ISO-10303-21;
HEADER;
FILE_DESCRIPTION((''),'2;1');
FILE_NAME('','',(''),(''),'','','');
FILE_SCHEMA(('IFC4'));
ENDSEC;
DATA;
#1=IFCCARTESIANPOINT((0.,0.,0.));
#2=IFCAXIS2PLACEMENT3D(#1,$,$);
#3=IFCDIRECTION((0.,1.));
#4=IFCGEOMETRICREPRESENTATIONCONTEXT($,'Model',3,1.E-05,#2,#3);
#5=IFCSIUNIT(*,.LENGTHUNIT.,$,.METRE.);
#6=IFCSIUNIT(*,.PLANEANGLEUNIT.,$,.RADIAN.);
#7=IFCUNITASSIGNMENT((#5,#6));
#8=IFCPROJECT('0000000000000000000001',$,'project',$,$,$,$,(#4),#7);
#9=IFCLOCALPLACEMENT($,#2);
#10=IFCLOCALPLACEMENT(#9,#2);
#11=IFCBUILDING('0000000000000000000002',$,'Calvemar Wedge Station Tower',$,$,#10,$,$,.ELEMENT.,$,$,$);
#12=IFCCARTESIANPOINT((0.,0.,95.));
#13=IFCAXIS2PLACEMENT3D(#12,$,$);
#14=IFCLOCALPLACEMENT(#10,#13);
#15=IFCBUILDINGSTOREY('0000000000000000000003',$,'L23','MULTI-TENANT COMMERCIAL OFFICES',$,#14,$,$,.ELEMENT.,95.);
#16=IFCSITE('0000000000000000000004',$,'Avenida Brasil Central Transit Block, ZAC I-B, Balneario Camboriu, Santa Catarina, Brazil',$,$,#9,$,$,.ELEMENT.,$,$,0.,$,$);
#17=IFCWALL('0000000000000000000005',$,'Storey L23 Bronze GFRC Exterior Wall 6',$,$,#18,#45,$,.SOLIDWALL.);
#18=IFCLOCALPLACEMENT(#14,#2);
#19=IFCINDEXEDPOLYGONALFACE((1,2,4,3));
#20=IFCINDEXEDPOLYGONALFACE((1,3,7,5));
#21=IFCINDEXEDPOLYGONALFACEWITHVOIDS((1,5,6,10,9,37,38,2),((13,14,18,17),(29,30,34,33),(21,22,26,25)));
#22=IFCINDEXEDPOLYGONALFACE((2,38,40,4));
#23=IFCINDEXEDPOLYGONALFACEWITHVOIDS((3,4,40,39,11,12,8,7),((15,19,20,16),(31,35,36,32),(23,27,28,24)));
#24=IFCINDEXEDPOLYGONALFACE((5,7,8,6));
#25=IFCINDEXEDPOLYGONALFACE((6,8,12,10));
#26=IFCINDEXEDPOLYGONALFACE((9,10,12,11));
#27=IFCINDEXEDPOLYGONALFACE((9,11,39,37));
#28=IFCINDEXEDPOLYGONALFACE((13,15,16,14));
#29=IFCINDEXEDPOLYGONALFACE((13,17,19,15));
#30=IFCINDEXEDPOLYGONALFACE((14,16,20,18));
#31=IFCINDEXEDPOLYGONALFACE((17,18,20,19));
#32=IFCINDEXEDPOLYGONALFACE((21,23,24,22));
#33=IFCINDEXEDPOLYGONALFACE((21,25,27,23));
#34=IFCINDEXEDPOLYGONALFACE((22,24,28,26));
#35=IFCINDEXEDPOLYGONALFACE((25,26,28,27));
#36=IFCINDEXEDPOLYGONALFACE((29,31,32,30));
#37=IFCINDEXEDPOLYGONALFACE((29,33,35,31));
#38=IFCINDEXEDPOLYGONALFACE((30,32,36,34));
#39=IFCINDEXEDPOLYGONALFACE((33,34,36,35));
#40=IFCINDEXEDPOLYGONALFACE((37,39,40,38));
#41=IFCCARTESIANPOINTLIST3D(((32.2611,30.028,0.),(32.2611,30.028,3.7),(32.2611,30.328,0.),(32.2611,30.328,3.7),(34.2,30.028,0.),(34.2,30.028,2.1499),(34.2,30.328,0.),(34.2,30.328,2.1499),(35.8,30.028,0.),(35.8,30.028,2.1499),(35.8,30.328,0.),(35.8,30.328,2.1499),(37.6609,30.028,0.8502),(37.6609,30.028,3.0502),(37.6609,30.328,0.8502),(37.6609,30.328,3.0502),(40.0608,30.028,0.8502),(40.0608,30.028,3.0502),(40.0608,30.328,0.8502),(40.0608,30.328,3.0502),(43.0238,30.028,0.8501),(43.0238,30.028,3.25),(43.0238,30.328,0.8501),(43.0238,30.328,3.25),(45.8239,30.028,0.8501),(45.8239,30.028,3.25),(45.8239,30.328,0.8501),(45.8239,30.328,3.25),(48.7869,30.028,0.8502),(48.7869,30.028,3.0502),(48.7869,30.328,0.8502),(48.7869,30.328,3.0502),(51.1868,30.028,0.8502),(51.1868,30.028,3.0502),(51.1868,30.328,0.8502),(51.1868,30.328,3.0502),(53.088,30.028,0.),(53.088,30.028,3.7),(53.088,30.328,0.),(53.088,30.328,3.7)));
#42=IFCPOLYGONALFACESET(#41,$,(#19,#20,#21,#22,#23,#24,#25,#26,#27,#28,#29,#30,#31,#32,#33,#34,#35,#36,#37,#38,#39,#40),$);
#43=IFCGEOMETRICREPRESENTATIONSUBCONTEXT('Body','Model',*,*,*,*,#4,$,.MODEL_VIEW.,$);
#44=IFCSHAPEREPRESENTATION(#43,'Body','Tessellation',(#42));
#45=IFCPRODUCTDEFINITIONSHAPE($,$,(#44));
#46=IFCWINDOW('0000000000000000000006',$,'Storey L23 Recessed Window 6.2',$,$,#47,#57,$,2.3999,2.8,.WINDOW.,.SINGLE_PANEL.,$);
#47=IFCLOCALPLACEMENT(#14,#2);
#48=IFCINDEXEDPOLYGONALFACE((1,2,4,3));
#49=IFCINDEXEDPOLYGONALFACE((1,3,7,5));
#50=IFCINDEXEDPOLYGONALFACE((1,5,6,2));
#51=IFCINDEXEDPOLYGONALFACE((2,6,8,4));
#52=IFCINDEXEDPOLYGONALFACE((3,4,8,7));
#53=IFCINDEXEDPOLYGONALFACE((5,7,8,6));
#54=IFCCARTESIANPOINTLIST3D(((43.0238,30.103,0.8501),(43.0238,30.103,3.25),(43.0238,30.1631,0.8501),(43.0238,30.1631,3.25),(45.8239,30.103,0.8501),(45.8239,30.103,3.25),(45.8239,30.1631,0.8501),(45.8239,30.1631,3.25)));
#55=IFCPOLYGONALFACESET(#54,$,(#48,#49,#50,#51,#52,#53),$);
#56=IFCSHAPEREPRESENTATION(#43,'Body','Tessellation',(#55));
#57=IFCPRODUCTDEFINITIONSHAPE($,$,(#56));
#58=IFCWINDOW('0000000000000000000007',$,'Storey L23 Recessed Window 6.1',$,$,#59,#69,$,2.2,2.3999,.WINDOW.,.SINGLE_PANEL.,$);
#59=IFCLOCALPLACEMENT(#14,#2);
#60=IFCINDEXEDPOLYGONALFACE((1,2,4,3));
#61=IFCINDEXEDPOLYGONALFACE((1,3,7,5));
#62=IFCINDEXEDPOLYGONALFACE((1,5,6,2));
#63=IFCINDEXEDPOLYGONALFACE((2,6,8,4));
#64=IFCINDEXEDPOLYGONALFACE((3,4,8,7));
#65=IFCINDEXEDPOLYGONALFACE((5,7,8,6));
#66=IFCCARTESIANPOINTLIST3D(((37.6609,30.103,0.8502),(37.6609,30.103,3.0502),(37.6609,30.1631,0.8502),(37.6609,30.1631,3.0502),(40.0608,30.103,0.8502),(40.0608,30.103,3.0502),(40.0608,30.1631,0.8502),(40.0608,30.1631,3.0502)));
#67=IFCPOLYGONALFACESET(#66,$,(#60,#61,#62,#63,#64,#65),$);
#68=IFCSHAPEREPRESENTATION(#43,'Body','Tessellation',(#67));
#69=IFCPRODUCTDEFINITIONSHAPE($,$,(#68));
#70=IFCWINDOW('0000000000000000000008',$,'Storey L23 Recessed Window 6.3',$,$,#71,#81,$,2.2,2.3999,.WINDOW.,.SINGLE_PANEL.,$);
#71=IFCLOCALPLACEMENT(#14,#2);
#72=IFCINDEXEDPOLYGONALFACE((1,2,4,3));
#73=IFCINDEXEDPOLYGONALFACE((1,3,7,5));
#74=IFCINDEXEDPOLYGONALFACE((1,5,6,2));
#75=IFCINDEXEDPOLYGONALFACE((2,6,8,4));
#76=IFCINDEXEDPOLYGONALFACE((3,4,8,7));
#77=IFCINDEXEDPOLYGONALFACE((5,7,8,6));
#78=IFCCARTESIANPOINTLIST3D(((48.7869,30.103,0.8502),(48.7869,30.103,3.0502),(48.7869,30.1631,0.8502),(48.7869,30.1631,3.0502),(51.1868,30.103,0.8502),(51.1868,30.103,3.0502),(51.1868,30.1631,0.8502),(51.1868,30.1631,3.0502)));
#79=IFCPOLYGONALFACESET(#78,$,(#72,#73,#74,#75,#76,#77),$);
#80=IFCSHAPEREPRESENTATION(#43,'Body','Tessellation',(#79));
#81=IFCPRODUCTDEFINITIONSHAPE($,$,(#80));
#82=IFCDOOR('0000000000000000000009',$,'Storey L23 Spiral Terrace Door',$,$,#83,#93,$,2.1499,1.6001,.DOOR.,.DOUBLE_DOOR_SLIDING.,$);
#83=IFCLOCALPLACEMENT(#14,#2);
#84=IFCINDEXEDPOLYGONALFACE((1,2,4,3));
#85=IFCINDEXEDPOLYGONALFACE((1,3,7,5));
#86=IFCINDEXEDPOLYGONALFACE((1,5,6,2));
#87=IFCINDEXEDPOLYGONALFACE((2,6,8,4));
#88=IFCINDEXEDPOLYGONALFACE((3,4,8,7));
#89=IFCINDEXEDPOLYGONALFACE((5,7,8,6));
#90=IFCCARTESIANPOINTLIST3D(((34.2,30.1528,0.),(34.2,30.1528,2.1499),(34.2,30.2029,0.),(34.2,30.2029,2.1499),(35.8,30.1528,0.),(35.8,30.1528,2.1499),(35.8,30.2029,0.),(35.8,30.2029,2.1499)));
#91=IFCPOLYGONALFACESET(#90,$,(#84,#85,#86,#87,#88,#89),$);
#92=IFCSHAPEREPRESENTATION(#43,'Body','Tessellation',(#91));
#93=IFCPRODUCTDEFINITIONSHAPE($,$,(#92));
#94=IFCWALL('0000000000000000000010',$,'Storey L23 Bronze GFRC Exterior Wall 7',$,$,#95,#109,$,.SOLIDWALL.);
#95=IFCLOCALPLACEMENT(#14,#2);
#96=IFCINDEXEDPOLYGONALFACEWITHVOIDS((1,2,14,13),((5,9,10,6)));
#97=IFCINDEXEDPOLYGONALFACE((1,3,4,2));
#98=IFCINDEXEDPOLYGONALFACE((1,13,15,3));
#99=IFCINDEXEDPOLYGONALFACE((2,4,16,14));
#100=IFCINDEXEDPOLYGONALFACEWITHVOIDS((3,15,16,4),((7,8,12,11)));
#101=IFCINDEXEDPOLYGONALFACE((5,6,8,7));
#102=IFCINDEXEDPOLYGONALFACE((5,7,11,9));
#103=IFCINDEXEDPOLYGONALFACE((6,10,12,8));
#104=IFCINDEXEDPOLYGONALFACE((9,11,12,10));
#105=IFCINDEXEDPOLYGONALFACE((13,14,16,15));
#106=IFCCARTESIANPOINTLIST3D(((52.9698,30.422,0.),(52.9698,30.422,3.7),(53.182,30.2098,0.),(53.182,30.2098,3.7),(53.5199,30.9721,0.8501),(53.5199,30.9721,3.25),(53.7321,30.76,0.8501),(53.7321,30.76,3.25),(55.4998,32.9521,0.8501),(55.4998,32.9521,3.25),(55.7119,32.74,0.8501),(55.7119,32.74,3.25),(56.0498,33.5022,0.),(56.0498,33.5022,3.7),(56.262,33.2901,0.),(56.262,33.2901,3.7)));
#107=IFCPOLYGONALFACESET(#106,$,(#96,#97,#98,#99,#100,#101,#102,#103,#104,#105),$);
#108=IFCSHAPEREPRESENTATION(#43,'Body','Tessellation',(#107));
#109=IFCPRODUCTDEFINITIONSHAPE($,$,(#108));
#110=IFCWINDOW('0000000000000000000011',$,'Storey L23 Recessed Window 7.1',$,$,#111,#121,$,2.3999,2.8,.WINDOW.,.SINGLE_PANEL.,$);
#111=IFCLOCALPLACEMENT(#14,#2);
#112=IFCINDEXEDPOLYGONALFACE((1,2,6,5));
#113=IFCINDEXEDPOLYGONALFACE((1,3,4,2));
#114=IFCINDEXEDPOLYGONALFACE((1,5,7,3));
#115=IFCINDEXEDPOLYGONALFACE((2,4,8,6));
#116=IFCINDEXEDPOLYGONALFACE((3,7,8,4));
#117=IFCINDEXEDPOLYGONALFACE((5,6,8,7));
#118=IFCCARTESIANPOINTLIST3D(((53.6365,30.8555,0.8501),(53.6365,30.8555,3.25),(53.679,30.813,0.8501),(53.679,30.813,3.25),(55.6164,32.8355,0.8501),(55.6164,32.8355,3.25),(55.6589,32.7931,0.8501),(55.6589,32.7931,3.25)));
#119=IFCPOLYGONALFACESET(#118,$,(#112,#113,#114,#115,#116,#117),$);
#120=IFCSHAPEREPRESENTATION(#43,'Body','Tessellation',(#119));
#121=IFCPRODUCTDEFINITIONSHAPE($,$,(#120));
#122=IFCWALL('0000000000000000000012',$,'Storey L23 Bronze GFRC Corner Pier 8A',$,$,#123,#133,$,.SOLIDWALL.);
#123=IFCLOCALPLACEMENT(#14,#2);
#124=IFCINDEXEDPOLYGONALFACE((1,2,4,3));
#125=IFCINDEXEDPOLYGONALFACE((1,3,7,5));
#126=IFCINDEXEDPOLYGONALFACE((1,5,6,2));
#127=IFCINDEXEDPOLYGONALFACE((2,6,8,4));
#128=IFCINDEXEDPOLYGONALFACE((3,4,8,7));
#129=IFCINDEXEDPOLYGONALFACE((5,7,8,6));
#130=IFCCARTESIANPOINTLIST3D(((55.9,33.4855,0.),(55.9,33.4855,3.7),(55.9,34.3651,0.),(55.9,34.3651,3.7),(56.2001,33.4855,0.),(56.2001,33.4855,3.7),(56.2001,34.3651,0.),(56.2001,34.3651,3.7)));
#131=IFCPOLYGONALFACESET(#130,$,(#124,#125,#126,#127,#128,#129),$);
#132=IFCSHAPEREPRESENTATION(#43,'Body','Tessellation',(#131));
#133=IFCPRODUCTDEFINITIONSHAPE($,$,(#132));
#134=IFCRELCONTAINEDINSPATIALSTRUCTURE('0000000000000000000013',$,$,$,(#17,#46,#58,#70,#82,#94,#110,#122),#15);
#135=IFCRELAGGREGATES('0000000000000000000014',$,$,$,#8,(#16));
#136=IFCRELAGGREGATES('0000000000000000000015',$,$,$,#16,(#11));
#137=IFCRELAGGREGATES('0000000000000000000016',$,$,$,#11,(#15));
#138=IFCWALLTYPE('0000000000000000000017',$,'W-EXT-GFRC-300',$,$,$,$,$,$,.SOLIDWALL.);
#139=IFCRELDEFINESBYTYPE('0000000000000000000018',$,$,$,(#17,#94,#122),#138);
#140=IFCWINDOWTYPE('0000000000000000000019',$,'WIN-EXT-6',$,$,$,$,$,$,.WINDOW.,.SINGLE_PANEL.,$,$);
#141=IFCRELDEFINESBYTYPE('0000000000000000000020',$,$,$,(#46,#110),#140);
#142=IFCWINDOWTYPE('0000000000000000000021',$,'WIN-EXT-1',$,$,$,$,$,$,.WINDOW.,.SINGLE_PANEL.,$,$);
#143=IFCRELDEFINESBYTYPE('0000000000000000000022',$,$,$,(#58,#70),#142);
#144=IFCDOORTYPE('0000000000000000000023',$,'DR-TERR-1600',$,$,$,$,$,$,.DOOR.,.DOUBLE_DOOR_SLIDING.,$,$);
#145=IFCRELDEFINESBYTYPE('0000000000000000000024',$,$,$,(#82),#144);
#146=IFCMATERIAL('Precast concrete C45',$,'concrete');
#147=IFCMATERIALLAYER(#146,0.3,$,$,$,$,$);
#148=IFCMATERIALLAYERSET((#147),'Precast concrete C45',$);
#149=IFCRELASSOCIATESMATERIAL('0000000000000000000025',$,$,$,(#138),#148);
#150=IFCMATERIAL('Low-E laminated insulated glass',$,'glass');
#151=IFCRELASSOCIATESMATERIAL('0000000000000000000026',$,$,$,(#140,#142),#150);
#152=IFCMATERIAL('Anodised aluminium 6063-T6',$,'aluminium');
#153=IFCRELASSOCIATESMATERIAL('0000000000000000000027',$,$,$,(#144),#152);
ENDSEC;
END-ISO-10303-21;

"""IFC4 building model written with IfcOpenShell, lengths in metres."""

from ifc_helpers import new_model, si_unit, direction, frame, frame_2d, origin, place, context, subcontext, project, spatial, rectangle, extrude, source, transform, mapped, material, layer, layer_set, type_object, element, fill, save


model = new_model("IFC4")

# Units and contexts
model_context = context("Model", 3, precision=1e-05, world=origin(), true_north=direction((0.0, 1.0)))
body_context = subcontext(model_context, "Body", "Model", "MODEL_VIEW")
ifc_project = project(units=[si_unit("LENGTHUNIT", "METRE"), si_unit("PLANEANGLEUNIT", "RADIAN")], contexts=[model_context])

# Site, building, storey
site_placement = place(None, origin())
site = spatial("IfcSite", under=ifc_project, at=site_placement, Name="Avenida Brasil Central Transit Block, ZAC I-B, Balneario Camboriu, Santa Catarina, Brazil", CompositionType="ELEMENT", RefElevation=0.0)
building_placement = place(site_placement, origin())
building = spatial("IfcBuilding", under=site, at=building_placement, Name="Calvemar Wedge Station Tower", CompositionType="ELEMENT")
storey_placement = place(building_placement, frame((0.0, 0.0, 95.0)))
storey = spatial("IfcBuildingStorey", under=building, at=storey_placement, Name="L23", Description="MULTI-TENANT COMMERCIAL OFFICES", CompositionType="ELEMENT", Elevation=95.0)

# Shared definitions
ifc_material_1 = material(Name="Anodised aluminium 6063-T6", Category="aluminium")
ifc_material_2 = material(Name="Low-E laminated insulated glass", Category="glass")

# Shared definitions
ifc_material_3 = material(Name="Precast concrete C45", Category="concrete")
ifc_layer_1 = layer(ifc_material_3, 0.3)
ifc_layer_set_1 = layer_set([ifc_layer_1], Name="Precast concrete C45")
wall_type_1 = type_object("IfcWallType", Name="W-EXT-GFRC-300", PredefinedType="SOLIDWALL", material=ifc_layer_set_1)

# Wall, openings, windows, door
wall_1_placement = place(storey_placement, frame((32.261, 30.178, 0.0), z_axis=(0.0, 0.0, 1.0), x_axis=(1.0, 0.0, 0.0)))
wall_1 = element("IfcWall", 1, at=wall_1_placement, inside=storey, type_object=wall_type_1, Name="Storey L23 Bronze GFRC Exterior Wall 6", PredefinedType="SOLIDWALL", context=body_context, shape_type="SweptSolid", body=[
    extrude(rectangle(XDim=20.8269, YDim=0.3, at=frame_2d((10.4136, 0.0))), origin(), (0.0, 0.0, 1.0), 3.7),
])
shared_shape_1 = source(origin(), body_context, "Body", "SweptSolid", [
    extrude(rectangle(XDim=1.6001, YDim=2.1499, at=frame_2d((0.8, 1.075))), frame((0.0, 0.1602, 0.0), z_axis=(0.0, -1.0, 0.0), x_axis=(1.0, 0.0, 0.0)), (0.0, 0.0, 1.0), 0.3201),
])
opening_1_placement = place(wall_1_placement, frame((1.939, 0.0, 0.0)))
opening_1 = element("IfcOpeningElement", 2, at=opening_1_placement, cuts=wall_1, PredefinedType="OPENING", context=body_context, shape_type="MappedRepresentation", body=[
    mapped(shared_shape_1, transform((0.0, 0.0, 0.0), scale=1.0)),
])
shared_shape_2 = source(origin(), body_context, "Body", "SweptSolid", [
    extrude(rectangle(XDim=2.3999, YDim=2.2, at=frame_2d((1.2, 1.1001))), frame((0.0, 0.1602, 0.0), z_axis=(0.0, -1.0, 0.0), x_axis=(1.0, 0.0, 0.0)), (0.0, 0.0, 1.0), 0.3201),
])
opening_2_placement = place(wall_1_placement, frame((5.3999, 0.0, 0.8501)))
opening_2 = element("IfcOpeningElement", 3, at=opening_2_placement, cuts=wall_1, PredefinedType="OPENING", context=body_context, shape_type="MappedRepresentation", body=[
    mapped(shared_shape_2, transform((0.0, 0.0, 0.0), scale=1.0)),
])
shared_shape_3 = source(origin(), body_context, "Body", "SweptSolid", [
    extrude(rectangle(XDim=2.8, YDim=2.3999, at=frame_2d((1.3999, 1.2))), frame((0.0, 0.1602, 0.0), z_axis=(0.0, -1.0, 0.0), x_axis=(1.0, 0.0, 0.0)), (0.0, 0.0, 1.0), 0.3201),
])
opening_3_placement = place(wall_1_placement, frame((10.7629, 0.0, 0.8501)))
opening_3 = element("IfcOpeningElement", 4, at=opening_3_placement, cuts=wall_1, PredefinedType="OPENING", context=body_context, shape_type="MappedRepresentation", body=[
    mapped(shared_shape_3, transform((0.0, 0.0, 0.0), scale=1.0)),
])
opening_4_placement = place(wall_1_placement, frame((16.5259, 0.0, 0.8501)))
opening_4 = element("IfcOpeningElement", 5, at=opening_4_placement, cuts=wall_1, PredefinedType="OPENING", context=body_context, shape_type="MappedRepresentation", body=[
    mapped(shared_shape_2, transform((0.0, 0.0, 0.0), scale=1.0)),
])
window_type_1 = type_object("IfcWindowType", Name="WIN-EXT-6", PartitioningType="SINGLE_PANEL", PredefinedType="WINDOW", material=ifc_material_2)
shared_shape_4 = source(origin(), body_context, "Body", "SweptSolid", [
    extrude(rectangle(XDim=2.8, YDim=2.3999, at=frame_2d((1.3999, 1.2))), frame((0.0, -0.0149, 0.0), z_axis=(0.0, -1.0, 0.0), x_axis=(1.0, 0.0, 0.0)), (0.0, 0.0, 1.0), 0.0601),
])
window_1_placement = place(opening_3_placement, origin())
window_1 = element("IfcWindow", 6, at=window_1_placement, inside=storey, type_object=window_type_1, Name="Storey L23 Recessed Window 6.2", OverallHeight=2.3999, OverallWidth=2.8, PartitioningType="SINGLE_PANEL", PredefinedType="WINDOW", context=body_context, shape_type="MappedRepresentation", body=[
    mapped(shared_shape_4, transform((0.0, 0.0, 0.0), scale=1.0)),
])
fill(opening_3, window_1)
window_type_2 = type_object("IfcWindowType", Name="WIN-EXT-1", PartitioningType="SINGLE_PANEL", PredefinedType="WINDOW", material=ifc_material_2)
shared_shape_5 = source(origin(), body_context, "Body", "SweptSolid", [
    extrude(rectangle(XDim=2.3999, YDim=2.2, at=frame_2d((1.2, 1.1001))), frame((0.0, -0.0149, 0.0), z_axis=(0.0, -1.0, 0.0), x_axis=(1.0, 0.0, 0.0)), (0.0, 0.0, 1.0), 0.0601),
])
window_2_placement = place(opening_2_placement, origin())
window_2 = element("IfcWindow", 7, at=window_2_placement, inside=storey, type_object=window_type_2, Name="Storey L23 Recessed Window 6.1", OverallHeight=2.2, OverallWidth=2.3999, PartitioningType="SINGLE_PANEL", PredefinedType="WINDOW", context=body_context, shape_type="MappedRepresentation", body=[
    mapped(shared_shape_5, transform((0.0, 0.0, 0.0), scale=1.0)),
])
fill(opening_2, window_2)
window_3_placement = place(opening_4_placement, origin())
window_3 = element("IfcWindow", 8, at=window_3_placement, inside=storey, type_object=window_type_2, Name="Storey L23 Recessed Window 6.3", OverallHeight=2.2, OverallWidth=2.3999, PartitioningType="SINGLE_PANEL", PredefinedType="WINDOW", context=body_context, shape_type="MappedRepresentation", body=[
    mapped(shared_shape_5, transform((0.0, 0.0, 0.0), scale=1.0)),
])
fill(opening_4, window_3)
door_type_1 = type_object("IfcDoorType", Name="DR-TERR-1600", OperationType="DOUBLE_DOOR_SLIDING", PredefinedType="DOOR", material=ifc_material_1)
shared_shape_6 = source(origin(), body_context, "Body", "SweptSolid", [
    extrude(rectangle(XDim=1.6001, YDim=2.1499, at=frame_2d((0.8, 1.075))), frame((0.0, 0.0249, 0.0), z_axis=(0.0, -1.0, 0.0), x_axis=(1.0, 0.0, 0.0)), (0.0, 0.0, 1.0), 0.05),
])
door_1_placement = place(opening_1_placement, origin())
door_1 = element("IfcDoor", 9, at=door_1_placement, inside=storey, type_object=door_type_1, Name="Storey L23 Spiral Terrace Door", OperationType="DOUBLE_DOOR_SLIDING", OverallHeight=2.1499, OverallWidth=1.6001, PredefinedType="DOOR", context=body_context, shape_type="MappedRepresentation", body=[
    mapped(shared_shape_6, transform((0.0, 0.0, 0.0), scale=1.0)),
])
fill(opening_1, door_1)

# Wall, opening, window
wall_2_placement = place(storey_placement, frame((53.0759, 30.3159, 0.0), z_axis=(0.0, 0.0, 1.0), x_axis=(0.707079, 0.707135, 0.0)))
wall_2 = element("IfcWall", 10, at=wall_2_placement, inside=storey, type_object=wall_type_1, Name="Storey L23 Bronze GFRC Exterior Wall 7", PredefinedType="SOLIDWALL", context=body_context, shape_type="SweptSolid", body=[
    extrude(rectangle(XDim=4.356, YDim=0.3, at=frame_2d((2.178, 0.0))), origin(), (0.0, 0.0, 1.0), 3.7),
])
opening_5_placement = place(wall_2_placement, frame((0.7781, 0.0, 0.8501)))
opening_5 = element("IfcOpeningElement", 11, at=opening_5_placement, cuts=wall_2, PredefinedType="OPENING", context=body_context, shape_type="MappedRepresentation", body=[
    mapped(shared_shape_3, transform((0.0, 0.0, 0.0), scale=1.0)),
])
window_4_placement = place(opening_5_placement, origin())
window_4 = element("IfcWindow", 12, at=window_4_placement, inside=storey, type_object=window_type_1, Name="Storey L23 Recessed Window 7.1", OverallHeight=2.3999, OverallWidth=2.8, PartitioningType="SINGLE_PANEL", PredefinedType="WINDOW", context=body_context, shape_type="MappedRepresentation", body=[
    mapped(shared_shape_4, transform((0.0, 0.0, 0.0), scale=1.0)),
])
fill(opening_5, window_4)

# Wall
wall_3_placement = place(storey_placement, frame((56.05, 33.4854, 0.0), z_axis=(0.0, 0.0, 1.0), x_axis=(0.0, 1.0, 0.0)))
element("IfcWall", 13, at=wall_3_placement, inside=storey, type_object=wall_type_1, Name="Storey L23 Bronze GFRC Corner Pier 8A", PredefinedType="SOLIDWALL", context=body_context, shape_type="SweptSolid", body=[
    extrude(rectangle(XDim=0.8796, YDim=0.3, at=frame_2d((0.4399, 0.0))), origin(), (0.0, 0.0, 1.0), 3.7),
])

save(model, "model.ifc")
